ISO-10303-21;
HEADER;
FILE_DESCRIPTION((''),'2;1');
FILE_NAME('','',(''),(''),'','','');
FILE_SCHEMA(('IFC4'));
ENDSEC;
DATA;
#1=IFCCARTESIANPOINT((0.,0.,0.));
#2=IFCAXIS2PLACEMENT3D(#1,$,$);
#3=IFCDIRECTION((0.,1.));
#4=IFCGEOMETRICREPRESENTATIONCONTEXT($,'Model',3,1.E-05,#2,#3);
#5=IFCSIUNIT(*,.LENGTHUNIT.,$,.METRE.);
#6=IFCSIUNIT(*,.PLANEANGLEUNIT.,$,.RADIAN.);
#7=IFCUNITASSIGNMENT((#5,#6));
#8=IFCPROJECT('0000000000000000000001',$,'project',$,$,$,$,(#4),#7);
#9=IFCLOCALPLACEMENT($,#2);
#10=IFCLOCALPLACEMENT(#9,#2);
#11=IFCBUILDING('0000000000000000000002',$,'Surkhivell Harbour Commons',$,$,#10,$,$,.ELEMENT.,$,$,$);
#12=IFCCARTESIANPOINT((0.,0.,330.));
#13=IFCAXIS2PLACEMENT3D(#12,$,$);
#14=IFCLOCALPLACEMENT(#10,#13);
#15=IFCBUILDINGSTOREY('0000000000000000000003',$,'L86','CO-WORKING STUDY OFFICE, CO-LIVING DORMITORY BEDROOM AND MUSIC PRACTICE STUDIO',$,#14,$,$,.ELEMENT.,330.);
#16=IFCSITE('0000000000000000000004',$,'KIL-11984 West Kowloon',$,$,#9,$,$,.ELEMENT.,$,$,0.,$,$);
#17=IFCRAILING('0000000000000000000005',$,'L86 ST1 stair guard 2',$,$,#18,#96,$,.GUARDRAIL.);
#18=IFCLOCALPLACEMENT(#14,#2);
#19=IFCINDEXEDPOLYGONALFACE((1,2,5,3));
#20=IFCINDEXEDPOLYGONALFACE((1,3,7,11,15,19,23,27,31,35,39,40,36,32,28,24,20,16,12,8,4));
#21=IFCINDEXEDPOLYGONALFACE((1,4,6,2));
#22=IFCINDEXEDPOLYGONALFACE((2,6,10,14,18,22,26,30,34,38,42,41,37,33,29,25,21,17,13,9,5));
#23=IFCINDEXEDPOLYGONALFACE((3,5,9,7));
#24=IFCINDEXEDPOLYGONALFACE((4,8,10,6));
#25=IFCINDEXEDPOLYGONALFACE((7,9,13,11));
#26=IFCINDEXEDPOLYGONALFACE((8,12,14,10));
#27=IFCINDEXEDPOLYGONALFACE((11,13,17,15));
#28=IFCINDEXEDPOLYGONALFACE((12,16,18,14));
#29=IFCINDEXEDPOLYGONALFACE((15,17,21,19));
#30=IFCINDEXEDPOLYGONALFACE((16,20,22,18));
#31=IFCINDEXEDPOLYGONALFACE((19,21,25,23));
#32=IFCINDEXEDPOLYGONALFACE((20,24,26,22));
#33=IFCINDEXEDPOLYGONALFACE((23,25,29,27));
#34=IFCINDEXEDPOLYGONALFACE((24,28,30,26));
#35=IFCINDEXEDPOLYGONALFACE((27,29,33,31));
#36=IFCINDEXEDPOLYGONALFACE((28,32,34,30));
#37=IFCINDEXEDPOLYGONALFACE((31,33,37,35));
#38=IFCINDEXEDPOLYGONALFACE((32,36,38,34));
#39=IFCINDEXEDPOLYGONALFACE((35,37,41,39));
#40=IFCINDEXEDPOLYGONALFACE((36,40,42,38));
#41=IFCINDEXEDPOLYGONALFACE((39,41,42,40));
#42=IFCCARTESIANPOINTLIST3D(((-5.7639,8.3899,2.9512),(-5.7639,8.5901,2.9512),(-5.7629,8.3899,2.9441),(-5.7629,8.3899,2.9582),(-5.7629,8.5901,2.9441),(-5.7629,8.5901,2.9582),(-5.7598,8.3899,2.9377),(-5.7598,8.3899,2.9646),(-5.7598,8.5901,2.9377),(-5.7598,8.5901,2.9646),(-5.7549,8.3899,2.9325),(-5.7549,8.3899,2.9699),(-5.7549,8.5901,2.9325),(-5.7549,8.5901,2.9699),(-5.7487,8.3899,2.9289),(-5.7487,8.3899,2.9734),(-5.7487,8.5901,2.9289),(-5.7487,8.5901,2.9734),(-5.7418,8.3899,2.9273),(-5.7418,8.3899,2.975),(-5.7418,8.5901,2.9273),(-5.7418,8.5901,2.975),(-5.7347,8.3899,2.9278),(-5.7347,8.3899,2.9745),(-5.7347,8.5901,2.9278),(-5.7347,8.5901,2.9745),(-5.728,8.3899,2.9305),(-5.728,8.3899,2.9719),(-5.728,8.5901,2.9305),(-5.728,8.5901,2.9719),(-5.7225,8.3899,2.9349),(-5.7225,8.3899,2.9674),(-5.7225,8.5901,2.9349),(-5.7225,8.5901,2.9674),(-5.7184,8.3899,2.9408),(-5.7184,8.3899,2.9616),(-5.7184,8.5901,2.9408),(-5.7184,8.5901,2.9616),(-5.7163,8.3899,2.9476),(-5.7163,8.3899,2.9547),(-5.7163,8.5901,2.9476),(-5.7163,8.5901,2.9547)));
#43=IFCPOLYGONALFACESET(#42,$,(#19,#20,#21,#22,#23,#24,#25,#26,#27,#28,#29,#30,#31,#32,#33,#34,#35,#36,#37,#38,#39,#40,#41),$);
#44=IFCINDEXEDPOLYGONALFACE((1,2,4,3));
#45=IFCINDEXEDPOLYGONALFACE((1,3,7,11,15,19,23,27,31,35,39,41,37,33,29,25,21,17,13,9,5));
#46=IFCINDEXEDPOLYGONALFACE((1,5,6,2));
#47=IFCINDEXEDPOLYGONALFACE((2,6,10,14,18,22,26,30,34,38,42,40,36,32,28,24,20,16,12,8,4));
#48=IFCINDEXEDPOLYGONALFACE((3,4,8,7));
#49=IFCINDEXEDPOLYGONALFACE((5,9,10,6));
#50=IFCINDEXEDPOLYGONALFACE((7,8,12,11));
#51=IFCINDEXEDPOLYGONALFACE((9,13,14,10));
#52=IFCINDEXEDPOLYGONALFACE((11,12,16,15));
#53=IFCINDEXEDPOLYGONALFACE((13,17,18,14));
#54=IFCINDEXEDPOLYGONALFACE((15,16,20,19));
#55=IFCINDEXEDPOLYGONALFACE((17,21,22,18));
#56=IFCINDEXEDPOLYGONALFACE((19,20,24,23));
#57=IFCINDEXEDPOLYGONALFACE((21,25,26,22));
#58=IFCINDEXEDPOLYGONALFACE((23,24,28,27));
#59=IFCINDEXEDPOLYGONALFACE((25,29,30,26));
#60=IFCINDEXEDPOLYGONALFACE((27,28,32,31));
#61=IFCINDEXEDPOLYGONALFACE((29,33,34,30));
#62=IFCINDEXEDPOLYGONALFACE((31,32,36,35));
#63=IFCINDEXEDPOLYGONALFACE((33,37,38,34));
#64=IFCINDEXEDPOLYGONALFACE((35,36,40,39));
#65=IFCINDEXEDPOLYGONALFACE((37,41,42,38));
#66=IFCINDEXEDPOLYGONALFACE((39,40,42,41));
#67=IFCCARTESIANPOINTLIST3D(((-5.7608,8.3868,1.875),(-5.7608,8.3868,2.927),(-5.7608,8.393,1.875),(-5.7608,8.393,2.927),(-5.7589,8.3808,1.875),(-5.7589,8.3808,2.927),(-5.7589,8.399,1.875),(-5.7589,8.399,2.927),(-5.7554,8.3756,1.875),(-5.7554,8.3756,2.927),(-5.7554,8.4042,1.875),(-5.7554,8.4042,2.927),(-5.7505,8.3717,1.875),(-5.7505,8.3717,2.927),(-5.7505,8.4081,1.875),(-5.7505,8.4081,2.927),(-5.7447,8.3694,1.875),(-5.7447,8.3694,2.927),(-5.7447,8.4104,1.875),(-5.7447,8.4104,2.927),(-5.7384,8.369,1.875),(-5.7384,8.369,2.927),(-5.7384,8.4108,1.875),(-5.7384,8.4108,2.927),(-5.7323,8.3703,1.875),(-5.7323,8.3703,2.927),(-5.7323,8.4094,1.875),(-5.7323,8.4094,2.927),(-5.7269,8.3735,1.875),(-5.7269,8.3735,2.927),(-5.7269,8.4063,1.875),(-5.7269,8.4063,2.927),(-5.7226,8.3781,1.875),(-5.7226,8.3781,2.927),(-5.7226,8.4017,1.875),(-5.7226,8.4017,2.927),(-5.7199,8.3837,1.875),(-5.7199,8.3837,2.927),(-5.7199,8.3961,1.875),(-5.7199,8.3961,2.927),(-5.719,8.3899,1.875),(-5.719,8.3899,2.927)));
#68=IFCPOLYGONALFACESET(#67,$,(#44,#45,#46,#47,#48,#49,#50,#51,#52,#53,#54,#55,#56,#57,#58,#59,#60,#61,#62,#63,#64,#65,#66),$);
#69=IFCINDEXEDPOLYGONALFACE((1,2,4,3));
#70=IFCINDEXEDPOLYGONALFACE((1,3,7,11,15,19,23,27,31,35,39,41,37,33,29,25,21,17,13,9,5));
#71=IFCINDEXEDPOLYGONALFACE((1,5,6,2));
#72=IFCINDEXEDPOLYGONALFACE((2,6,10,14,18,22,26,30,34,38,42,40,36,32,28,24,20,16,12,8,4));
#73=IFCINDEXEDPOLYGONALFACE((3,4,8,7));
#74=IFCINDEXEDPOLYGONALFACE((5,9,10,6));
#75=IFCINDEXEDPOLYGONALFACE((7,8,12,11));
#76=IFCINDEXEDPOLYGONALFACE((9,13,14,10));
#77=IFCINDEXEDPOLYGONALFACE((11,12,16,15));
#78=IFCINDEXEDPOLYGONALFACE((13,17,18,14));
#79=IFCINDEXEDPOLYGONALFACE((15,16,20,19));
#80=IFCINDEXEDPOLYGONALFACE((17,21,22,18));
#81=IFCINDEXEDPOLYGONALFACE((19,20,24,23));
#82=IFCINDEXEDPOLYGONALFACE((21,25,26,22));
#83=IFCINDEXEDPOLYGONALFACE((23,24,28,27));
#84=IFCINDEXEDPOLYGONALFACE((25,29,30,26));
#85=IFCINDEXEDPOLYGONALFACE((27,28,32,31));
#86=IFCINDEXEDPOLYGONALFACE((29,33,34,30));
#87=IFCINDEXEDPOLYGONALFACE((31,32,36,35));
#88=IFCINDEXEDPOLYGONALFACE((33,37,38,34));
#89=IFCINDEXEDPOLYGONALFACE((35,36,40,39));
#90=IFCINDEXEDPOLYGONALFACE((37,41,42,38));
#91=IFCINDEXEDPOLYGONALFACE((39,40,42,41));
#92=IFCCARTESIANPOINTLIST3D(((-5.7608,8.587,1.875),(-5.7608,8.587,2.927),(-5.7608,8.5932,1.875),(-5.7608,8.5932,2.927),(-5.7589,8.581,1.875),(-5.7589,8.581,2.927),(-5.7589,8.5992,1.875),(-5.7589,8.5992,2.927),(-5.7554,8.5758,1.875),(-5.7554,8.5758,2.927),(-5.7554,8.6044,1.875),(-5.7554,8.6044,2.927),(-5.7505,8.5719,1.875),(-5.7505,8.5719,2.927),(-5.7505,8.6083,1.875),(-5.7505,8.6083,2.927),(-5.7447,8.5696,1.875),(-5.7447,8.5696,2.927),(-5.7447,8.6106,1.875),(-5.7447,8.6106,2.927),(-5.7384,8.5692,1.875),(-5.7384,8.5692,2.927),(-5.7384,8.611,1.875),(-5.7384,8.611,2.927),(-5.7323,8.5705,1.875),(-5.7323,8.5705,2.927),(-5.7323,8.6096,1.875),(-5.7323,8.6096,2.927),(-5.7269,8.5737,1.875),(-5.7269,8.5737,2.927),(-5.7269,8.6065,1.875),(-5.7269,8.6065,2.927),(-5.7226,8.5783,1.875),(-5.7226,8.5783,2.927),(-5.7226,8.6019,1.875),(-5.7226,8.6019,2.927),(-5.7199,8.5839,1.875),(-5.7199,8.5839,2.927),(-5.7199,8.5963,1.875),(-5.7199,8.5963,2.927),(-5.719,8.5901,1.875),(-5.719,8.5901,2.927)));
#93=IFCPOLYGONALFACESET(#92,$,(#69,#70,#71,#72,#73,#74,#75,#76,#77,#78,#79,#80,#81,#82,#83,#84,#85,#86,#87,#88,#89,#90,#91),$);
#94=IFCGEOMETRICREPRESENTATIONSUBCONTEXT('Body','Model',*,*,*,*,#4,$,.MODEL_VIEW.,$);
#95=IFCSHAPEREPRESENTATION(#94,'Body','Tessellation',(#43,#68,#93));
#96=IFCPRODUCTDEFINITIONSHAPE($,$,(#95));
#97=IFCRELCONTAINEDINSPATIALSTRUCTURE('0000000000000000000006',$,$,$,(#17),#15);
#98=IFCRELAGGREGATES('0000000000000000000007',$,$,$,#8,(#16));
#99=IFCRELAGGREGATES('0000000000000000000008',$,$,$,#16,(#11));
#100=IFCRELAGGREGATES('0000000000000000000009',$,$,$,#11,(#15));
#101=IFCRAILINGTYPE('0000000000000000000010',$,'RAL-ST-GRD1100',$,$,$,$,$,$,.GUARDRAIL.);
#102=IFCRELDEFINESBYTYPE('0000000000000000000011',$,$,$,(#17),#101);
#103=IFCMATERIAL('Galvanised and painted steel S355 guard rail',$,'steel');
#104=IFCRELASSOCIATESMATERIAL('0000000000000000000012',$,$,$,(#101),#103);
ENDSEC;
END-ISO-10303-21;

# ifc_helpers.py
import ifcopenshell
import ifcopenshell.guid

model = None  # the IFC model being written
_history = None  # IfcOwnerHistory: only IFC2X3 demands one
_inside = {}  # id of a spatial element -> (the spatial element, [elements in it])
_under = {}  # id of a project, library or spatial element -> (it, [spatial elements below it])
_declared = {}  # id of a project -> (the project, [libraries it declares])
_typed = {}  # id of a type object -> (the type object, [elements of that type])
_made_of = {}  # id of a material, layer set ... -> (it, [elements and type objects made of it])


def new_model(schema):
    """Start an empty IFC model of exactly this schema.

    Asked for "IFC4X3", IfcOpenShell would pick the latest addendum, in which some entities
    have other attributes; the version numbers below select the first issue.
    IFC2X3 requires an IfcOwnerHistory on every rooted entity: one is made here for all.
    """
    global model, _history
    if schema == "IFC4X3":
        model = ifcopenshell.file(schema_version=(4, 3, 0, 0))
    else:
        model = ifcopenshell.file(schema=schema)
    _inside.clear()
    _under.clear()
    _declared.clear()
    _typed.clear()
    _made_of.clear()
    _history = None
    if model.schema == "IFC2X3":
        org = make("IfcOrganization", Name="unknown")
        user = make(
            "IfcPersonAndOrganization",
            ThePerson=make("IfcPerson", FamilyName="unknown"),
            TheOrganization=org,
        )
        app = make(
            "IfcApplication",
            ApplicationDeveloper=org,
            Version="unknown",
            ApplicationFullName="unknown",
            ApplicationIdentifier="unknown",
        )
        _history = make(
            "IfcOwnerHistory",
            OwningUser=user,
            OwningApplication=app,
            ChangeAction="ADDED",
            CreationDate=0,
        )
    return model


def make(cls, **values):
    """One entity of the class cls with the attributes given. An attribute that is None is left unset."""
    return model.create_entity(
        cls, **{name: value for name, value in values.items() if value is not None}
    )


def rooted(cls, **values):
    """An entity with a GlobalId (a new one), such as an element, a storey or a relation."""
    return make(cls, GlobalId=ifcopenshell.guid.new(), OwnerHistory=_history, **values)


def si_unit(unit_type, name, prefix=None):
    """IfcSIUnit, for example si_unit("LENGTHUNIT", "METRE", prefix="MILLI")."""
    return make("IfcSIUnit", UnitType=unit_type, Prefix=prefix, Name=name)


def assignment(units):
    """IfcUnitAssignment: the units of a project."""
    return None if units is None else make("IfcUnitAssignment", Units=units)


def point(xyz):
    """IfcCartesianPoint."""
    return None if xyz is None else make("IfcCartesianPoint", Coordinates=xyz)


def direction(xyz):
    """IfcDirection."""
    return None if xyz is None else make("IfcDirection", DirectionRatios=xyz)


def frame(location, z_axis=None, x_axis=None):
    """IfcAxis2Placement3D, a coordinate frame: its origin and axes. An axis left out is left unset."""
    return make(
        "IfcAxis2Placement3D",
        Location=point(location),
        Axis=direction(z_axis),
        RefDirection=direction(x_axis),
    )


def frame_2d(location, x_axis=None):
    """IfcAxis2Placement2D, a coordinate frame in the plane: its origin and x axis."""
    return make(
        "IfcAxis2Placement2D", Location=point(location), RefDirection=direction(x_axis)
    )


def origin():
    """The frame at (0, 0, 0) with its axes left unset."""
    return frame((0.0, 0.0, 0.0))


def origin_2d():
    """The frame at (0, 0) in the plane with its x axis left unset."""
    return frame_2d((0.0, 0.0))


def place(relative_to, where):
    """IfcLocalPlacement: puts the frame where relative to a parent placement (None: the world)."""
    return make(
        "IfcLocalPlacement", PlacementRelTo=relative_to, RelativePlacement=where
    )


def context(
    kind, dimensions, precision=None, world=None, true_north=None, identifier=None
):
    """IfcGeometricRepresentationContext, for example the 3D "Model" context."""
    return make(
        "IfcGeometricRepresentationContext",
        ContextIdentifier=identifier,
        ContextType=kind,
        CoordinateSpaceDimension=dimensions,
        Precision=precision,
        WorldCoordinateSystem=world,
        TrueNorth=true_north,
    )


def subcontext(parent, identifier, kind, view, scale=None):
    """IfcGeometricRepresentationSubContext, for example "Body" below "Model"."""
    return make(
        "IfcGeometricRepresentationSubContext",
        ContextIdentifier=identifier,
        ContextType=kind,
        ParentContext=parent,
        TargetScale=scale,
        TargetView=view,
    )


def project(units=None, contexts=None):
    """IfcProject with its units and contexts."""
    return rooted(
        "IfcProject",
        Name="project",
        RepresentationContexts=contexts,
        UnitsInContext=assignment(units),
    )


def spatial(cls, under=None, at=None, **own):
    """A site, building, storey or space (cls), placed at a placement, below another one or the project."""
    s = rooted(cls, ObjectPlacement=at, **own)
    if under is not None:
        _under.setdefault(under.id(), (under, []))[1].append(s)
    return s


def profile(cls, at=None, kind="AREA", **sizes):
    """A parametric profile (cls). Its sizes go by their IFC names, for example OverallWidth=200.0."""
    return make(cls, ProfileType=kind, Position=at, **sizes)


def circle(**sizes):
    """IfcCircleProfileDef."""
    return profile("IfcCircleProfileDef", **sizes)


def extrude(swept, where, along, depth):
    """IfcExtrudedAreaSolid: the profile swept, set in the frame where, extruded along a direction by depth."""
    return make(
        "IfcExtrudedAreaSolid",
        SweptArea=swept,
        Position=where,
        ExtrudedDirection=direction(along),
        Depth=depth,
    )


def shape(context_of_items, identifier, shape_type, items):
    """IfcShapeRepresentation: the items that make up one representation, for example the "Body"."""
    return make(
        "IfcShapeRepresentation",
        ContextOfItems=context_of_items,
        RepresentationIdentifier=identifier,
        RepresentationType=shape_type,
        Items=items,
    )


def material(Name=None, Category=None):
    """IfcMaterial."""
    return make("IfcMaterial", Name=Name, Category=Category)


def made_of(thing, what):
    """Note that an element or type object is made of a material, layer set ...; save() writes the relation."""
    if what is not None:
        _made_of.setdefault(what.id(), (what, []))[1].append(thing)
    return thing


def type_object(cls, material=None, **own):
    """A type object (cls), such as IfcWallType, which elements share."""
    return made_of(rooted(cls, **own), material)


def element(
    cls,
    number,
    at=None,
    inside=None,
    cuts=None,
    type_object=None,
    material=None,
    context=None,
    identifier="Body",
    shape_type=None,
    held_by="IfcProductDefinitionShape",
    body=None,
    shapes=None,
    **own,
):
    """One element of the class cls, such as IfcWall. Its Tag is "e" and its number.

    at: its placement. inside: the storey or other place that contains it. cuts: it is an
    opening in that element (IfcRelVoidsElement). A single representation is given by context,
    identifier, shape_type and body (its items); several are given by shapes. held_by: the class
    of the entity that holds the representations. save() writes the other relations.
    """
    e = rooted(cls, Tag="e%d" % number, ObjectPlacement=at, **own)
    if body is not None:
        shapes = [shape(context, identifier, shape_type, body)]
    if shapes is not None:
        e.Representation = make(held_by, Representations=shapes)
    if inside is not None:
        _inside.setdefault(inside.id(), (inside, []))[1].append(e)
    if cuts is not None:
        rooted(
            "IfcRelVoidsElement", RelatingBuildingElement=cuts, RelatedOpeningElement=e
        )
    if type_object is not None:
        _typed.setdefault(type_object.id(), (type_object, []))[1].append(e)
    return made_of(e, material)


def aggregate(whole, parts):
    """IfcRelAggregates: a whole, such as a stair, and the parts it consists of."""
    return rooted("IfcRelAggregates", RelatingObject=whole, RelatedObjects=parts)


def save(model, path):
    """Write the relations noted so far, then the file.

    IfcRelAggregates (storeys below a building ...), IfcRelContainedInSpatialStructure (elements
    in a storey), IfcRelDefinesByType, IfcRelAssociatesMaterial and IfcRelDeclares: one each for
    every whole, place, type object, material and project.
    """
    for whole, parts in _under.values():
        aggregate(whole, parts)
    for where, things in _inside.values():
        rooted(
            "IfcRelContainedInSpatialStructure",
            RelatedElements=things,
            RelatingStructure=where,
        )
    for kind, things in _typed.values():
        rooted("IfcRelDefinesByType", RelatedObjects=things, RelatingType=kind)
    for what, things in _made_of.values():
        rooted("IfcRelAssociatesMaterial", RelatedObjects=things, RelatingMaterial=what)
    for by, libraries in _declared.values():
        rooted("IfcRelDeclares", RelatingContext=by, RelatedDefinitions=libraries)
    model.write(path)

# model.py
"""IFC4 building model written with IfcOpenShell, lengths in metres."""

from ifc_helpers import new_model, si_unit, direction, frame, origin, origin_2d, place, context, subcontext, project, spatial, circle, extrude, material, type_object, element, save


model = new_model("IFC4")

# Units and contexts
model_context = context("Model", 3, precision=1e-05, world=origin(), true_north=direction((0.0, 1.0)))
body_context = subcontext(model_context, "Body", "Model", "MODEL_VIEW")
ifc_project = project(units=[si_unit("LENGTHUNIT", "METRE"), si_unit("PLANEANGLEUNIT", "RADIAN")], contexts=[model_context])

# Site, building, storey
site_placement = place(None, origin())
site = spatial("IfcSite", under=ifc_project, at=site_placement, Name="KIL-11984 West Kowloon", CompositionType="ELEMENT", RefElevation=0.0)
building_placement = place(site_placement, origin())
building = spatial("IfcBuilding", under=site, at=building_placement, Name="Surkhivell Harbour Commons", CompositionType="ELEMENT")
storey_placement = place(building_placement, frame((0.0, 0.0, 330.0)))
storey = spatial("IfcBuildingStorey", under=building, at=storey_placement, Name="L86", Description="CO-WORKING STUDY OFFICE, CO-LIVING DORMITORY BEDROOM AND MUSIC PRACTICE STUDIO", CompositionType="ELEMENT", Elevation=330.0)

# Railing
ifc_material_1 = material(Name="Galvanised and painted steel S355 guard rail", Category="steel")
railing_type_1 = type_object("IfcRailingType", Name="RAL-ST-GRD1100", PredefinedType="GUARDRAIL", material=ifc_material_1)
railing_1_placement = place(storey_placement, frame((-5.74, 8.3899, 1.875)))
element("IfcRailing", 1, at=railing_1_placement, inside=storey, type_object=railing_type_1, Name="L86 ST1 stair guard 2", PredefinedType="GUARDRAIL", context=body_context, shape_type="SweptSolid", body=[
    extrude(circle(Radius=0.0239, at=origin_2d()), frame((0.0, 0.0, 1.0762), z_axis=(0.0, 1.0, 0.0), x_axis=(-1.0, 0.0, 0.0)), (0.0, 0.0, 1.0), 0.2002),
    extrude(circle(Radius=0.021, at=origin_2d()), origin(), (0.0, 0.0, 1.0), 1.052),
    extrude(circle(Radius=0.021, at=origin_2d()), frame((0.0, 0.2002, 0.0)), (0.0, 0.0, 1.0), 1.052),
])

save(model, "model.ifc")
